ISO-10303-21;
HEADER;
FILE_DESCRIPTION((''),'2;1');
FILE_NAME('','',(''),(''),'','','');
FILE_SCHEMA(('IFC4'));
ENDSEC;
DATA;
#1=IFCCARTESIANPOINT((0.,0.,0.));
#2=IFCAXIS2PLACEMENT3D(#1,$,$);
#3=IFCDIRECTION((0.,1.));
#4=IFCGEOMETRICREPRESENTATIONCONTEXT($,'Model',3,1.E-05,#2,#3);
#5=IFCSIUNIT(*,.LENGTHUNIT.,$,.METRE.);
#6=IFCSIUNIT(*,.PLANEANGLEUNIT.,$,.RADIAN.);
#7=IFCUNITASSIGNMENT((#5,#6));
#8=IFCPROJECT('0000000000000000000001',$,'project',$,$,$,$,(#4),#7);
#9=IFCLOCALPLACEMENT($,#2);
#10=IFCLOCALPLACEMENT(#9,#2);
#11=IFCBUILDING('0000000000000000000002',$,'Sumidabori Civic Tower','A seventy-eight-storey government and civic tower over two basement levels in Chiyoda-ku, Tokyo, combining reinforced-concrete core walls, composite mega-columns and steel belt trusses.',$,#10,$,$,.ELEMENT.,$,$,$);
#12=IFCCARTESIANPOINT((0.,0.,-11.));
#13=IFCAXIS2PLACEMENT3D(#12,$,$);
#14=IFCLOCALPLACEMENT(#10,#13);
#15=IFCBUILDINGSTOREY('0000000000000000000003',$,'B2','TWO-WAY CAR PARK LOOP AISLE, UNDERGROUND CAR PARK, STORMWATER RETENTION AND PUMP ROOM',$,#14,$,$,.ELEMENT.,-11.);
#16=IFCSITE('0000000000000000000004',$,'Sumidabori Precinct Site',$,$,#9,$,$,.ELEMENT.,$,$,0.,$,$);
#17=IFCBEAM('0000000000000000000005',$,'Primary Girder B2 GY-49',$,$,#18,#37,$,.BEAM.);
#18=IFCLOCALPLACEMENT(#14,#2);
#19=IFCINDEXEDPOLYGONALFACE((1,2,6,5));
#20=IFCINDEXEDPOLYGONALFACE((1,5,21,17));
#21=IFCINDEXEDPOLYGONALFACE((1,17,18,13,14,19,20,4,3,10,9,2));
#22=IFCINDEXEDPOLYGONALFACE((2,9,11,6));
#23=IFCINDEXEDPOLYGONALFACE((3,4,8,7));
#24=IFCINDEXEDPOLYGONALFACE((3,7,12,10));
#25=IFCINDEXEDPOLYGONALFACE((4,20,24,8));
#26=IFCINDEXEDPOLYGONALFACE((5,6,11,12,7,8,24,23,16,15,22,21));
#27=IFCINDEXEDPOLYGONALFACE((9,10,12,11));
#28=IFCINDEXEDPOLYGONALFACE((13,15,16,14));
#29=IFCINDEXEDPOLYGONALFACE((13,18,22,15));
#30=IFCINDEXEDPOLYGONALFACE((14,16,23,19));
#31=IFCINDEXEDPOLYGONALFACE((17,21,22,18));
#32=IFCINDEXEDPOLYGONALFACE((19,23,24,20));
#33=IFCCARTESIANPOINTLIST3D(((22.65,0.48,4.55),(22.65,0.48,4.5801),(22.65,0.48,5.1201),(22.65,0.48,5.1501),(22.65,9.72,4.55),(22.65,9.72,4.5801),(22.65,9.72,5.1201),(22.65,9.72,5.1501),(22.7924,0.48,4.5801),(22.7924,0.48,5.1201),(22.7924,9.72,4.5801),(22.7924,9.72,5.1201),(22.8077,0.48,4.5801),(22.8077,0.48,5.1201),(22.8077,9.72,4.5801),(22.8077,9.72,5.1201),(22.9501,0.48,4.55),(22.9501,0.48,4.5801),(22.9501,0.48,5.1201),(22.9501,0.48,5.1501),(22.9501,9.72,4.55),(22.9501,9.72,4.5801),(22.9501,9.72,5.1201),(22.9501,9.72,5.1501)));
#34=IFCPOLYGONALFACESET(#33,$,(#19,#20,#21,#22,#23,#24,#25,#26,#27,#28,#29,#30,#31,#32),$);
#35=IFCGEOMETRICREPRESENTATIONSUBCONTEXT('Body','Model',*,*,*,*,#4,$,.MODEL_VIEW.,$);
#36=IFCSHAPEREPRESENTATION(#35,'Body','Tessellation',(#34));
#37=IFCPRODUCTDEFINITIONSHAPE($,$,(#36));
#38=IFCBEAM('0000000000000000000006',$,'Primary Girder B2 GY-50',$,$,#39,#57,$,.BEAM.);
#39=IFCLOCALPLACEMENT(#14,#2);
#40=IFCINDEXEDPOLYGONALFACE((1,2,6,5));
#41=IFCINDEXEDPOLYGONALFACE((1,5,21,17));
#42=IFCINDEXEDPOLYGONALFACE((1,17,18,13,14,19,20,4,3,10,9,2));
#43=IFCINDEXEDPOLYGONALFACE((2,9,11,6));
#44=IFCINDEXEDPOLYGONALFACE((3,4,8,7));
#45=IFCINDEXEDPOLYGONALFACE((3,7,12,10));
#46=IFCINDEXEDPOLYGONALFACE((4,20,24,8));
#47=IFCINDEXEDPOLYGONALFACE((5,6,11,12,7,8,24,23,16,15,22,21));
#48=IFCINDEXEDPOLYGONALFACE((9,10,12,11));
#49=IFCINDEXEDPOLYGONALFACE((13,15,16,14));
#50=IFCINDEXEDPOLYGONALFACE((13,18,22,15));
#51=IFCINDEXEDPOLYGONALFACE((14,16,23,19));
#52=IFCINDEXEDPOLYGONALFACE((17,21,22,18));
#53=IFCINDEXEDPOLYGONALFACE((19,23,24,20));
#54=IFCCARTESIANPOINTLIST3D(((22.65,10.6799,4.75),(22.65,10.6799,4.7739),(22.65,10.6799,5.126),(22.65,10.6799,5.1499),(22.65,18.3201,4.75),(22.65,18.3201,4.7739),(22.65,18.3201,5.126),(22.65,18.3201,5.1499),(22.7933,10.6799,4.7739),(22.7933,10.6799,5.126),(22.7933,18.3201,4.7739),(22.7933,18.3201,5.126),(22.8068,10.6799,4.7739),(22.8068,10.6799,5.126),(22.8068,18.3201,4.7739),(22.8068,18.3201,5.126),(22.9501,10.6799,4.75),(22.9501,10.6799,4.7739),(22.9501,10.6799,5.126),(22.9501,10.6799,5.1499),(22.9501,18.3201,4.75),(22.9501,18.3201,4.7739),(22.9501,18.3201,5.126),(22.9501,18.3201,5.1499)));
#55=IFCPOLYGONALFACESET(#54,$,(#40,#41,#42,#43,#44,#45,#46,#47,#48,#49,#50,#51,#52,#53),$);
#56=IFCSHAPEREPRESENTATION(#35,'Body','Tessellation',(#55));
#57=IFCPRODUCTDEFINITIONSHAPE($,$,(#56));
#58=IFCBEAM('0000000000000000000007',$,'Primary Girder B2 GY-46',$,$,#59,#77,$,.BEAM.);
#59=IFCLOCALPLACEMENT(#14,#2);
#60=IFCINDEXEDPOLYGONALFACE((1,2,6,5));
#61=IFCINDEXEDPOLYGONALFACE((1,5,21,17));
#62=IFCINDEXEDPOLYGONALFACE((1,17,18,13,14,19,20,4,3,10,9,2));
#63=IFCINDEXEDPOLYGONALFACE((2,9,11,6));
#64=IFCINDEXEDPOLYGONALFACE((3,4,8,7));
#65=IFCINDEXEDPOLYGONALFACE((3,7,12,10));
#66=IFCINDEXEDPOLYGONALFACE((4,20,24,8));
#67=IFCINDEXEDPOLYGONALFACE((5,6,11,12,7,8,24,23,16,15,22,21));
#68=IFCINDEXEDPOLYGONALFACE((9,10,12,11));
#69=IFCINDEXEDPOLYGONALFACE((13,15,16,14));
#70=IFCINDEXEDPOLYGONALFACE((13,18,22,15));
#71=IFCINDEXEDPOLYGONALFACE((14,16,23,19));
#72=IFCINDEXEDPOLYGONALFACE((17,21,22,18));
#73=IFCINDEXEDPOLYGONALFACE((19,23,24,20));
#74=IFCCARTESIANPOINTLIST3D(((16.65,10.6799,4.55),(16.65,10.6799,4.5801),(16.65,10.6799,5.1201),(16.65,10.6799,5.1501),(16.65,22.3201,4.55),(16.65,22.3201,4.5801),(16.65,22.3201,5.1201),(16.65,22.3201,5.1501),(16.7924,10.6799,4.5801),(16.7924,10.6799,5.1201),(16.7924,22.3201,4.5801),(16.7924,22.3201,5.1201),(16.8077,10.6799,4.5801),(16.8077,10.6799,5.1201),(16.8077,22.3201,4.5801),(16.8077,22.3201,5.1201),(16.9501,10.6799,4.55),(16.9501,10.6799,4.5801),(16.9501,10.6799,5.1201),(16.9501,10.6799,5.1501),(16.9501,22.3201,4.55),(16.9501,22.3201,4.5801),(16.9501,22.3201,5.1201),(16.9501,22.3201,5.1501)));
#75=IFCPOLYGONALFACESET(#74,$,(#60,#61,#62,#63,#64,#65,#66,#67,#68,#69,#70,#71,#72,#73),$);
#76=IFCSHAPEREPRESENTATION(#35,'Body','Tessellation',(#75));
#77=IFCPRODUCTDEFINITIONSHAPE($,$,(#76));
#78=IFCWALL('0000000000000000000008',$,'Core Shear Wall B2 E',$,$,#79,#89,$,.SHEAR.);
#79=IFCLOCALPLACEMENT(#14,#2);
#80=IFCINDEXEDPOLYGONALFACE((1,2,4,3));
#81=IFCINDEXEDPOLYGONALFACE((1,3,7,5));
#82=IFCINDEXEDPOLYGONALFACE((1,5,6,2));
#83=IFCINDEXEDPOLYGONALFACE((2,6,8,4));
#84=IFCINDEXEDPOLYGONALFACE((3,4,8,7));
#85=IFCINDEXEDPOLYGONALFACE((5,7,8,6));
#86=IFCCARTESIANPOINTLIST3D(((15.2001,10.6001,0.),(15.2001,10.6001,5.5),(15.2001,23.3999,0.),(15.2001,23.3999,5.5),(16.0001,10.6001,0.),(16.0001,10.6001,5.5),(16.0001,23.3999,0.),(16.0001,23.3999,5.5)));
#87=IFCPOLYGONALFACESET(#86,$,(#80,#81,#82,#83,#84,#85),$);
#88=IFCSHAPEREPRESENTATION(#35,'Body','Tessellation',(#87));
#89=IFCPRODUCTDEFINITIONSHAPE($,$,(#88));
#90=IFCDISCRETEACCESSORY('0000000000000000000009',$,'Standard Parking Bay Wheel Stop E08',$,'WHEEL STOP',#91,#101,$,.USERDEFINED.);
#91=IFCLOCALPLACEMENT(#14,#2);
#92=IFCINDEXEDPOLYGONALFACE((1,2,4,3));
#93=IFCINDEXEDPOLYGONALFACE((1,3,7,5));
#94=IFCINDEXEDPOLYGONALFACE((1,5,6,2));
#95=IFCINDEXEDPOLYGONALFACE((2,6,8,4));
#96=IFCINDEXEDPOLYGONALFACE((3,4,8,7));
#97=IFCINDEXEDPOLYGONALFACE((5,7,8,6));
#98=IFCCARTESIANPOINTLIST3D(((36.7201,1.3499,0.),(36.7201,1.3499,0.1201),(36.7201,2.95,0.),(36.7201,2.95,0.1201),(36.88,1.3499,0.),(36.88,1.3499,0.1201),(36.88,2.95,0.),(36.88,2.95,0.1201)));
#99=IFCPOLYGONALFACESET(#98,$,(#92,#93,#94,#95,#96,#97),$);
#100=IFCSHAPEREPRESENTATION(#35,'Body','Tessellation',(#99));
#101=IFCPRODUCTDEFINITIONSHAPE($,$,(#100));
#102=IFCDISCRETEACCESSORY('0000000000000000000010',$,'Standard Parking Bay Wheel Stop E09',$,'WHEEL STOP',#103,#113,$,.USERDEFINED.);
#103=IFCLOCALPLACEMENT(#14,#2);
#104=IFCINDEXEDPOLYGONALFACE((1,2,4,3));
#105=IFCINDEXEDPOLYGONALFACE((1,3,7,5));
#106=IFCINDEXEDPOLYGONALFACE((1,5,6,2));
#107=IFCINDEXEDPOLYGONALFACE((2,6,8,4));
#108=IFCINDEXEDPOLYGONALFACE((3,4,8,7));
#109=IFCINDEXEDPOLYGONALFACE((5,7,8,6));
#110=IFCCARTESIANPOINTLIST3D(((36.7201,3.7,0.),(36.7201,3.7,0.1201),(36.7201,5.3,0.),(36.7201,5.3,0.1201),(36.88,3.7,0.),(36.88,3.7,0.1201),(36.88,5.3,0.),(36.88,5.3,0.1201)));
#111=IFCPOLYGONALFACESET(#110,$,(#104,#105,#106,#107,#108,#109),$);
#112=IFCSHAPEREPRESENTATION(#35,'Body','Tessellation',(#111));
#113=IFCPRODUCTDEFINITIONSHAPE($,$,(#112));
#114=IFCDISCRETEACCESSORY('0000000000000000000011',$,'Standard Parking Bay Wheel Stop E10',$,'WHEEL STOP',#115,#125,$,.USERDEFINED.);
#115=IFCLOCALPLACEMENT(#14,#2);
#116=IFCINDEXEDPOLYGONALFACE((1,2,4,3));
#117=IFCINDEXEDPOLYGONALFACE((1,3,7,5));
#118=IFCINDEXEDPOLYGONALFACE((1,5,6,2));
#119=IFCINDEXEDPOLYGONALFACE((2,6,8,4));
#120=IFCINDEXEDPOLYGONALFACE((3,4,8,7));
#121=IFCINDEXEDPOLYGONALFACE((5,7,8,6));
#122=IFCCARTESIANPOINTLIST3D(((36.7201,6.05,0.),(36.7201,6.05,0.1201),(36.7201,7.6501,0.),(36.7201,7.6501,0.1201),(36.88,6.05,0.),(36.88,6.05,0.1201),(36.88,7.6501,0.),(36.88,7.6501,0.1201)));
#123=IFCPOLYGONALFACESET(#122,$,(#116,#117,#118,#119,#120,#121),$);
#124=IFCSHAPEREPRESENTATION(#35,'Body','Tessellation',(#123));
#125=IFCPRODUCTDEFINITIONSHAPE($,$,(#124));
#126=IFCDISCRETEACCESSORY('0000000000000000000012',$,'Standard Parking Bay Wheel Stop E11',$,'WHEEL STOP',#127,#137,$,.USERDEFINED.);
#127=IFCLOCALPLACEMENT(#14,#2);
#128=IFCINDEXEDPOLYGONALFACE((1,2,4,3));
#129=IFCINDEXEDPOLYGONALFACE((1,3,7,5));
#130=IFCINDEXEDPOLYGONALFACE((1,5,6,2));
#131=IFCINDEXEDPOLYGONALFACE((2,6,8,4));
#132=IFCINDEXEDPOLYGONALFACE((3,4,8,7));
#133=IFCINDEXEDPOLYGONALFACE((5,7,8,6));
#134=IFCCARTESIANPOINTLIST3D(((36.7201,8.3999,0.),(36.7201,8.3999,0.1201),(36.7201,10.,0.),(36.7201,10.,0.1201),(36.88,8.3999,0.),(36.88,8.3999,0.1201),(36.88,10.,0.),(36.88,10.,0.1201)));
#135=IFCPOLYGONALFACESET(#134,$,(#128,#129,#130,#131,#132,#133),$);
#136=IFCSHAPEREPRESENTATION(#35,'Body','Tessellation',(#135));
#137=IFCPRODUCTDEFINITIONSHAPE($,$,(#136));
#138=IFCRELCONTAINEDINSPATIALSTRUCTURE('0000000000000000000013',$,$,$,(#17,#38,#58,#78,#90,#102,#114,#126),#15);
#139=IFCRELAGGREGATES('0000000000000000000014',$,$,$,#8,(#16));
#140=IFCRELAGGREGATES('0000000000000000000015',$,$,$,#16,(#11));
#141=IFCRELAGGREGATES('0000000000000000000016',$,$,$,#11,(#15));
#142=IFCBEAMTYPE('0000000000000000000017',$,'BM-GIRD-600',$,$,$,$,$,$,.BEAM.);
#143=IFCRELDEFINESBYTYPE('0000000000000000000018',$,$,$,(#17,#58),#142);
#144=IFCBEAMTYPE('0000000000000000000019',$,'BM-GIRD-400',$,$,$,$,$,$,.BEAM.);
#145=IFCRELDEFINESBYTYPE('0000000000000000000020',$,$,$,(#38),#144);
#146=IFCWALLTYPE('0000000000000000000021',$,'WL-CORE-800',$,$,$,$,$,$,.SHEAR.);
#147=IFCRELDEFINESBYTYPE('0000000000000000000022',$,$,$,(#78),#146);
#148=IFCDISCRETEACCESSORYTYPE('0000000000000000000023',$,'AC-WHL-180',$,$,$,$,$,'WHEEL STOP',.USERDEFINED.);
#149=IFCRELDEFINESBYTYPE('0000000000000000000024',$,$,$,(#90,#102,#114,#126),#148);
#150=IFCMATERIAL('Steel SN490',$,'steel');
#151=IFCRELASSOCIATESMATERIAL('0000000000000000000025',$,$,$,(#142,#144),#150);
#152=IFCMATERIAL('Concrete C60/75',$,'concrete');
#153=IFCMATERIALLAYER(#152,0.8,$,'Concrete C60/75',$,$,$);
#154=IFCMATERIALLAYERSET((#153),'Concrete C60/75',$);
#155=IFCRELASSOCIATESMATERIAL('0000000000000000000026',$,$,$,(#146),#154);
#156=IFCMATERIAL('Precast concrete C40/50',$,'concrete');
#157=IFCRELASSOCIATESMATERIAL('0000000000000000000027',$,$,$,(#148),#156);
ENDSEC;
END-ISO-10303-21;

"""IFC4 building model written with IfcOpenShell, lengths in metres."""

from ifc_helpers import new_model, si_unit, direction, frame, frame_2d, origin, origin_2d, place, context, subcontext, project, spatial, rectangle, i_section, extrude, source, transform, mapped, material, layer, layer_set, material_profile, profile_set, type_object, element, save


model = new_model("IFC4")

# Units and contexts
model_context = context("Model", 3, precision=1e-05, world=origin(), true_north=direction((0.0, 1.0)))
body_context = subcontext(model_context, "Body", "Model", "MODEL_VIEW")
ifc_project = project(units=[si_unit("LENGTHUNIT", "METRE"), si_unit("PLANEANGLEUNIT", "RADIAN")], contexts=[model_context])

# Site, building, storey
site_placement = place(None, origin())
site = spatial("IfcSite", under=ifc_project, at=site_placement, Name="Sumidabori Precinct Site", CompositionType="ELEMENT", RefElevation=0.0)
building_placement = place(site_placement, origin())
building = spatial("IfcBuilding", under=site, at=building_placement, Name="Sumidabori Civic Tower", Description="A seventy-eight-storey government and civic tower over two basement levels in Chiyoda-ku, Tokyo, combining reinforced-concrete core walls, composite mega-columns and steel belt trusses.", CompositionType="ELEMENT")
storey_placement = place(building_placement, frame((0.0, 0.0, -11.0)))
storey = spatial("IfcBuildingStorey", under=building, at=storey_placement, Name="B2", Description="TWO-WAY CAR PARK LOOP AISLE, UNDERGROUND CAR PARK, STORMWATER RETENTION AND PUMP ROOM", CompositionType="ELEMENT", Elevation=-11.0)

# Shared definitions
ifc_material_1 = material(Name="Concrete C60/75", Category="concrete")

# Beams
ifc_material_2 = material(Name="Steel SN490", Category="steel")
ifc_material_profile_1 = material_profile(ifc_material_2, i_section(OverallWidth=0.3, OverallDepth=0.6001, WebThickness=0.0154, FlangeThickness=0.03, at=origin_2d()), Name="HE 600 B")
ifc_profile_set_1 = profile_set([ifc_material_profile_1], Name="Steel SN490")
beam_type_1 = type_object("IfcBeamType", Name="BM-GIRD-600", PredefinedType="BEAM", material=ifc_profile_set_1)
shared_shape_1 = source(origin(), body_context, "Body", "SweptSolid", [
    extrude(i_section(OverallWidth=0.3, OverallDepth=0.6001, WebThickness=0.0154, FlangeThickness=0.03, at=origin_2d()), origin(), (0.0, 0.0, 1.0), 9.24),
])
for number, where, z_axis, x_axis, name in (
    (1, (22.8, 0.48, 4.8501), (0.0, 1.0, 0.0), (-1.0, 0.0, 0.0), "Primary Girder B2 GY-49"),
):
    element("IfcBeam", number, at=place(storey_placement, frame(where, z_axis=z_axis, x_axis=x_axis)), inside=storey, type_object=beam_type_1, Name=name, PredefinedType="BEAM", context=body_context, shape_type="MappedRepresentation", body=[
        mapped(shared_shape_1, transform((0.0, 0.0, 0.0), x_axis=(1.0, 0.0, 0.0), y_axis=(0.0, 1.0, 0.0), z_axis=(0.0, 0.0, 1.0), scale=1.0)),
    ])
ifc_material_profile_2 = material_profile(ifc_material_2, i_section(OverallWidth=0.3, OverallDepth=0.3999, WebThickness=0.0134, FlangeThickness=0.0239, at=origin_2d()), Name="HE 400 B")
ifc_profile_set_2 = profile_set([ifc_material_profile_2], Name="Steel SN490")
beam_type_2 = type_object("IfcBeamType", Name="BM-GIRD-400", PredefinedType="BEAM", material=ifc_profile_set_2)
shared_shape_2 = source(origin(), body_context, "Body", "SweptSolid", [
    extrude(i_section(OverallWidth=0.3, OverallDepth=0.3999, WebThickness=0.0134, FlangeThickness=0.0239, at=origin_2d()), origin(), (0.0, 0.0, 1.0), 7.6401),
])
beam_1_placement = place(storey_placement, frame((22.8, 10.6799, 4.95), z_axis=(0.0, 1.0, 0.0), x_axis=(-1.0, 0.0, 0.0)))
element("IfcBeam", 2, at=beam_1_placement, inside=storey, type_object=beam_type_2, Name="Primary Girder B2 GY-50", PredefinedType="BEAM", context=body_context, shape_type="MappedRepresentation", body=[
    mapped(shared_shape_2, transform((0.0, 0.0, 0.0), x_axis=(1.0, 0.0, 0.0), y_axis=(0.0, 1.0, 0.0), z_axis=(0.0, 0.0, 1.0), scale=1.0)),
])
shared_shape_3 = source(origin(), body_context, "Body", "SweptSolid", [
    extrude(i_section(OverallWidth=0.3, OverallDepth=0.6001, WebThickness=0.0154, FlangeThickness=0.03, at=origin_2d()), origin(), (0.0, 0.0, 1.0), 11.6401),
])
beam_2_placement = place(storey_placement, frame((16.8, 10.6799, 4.8501), z_axis=(0.0, 1.0, 0.0), x_axis=(-1.0, 0.0, 0.0)))
element("IfcBeam", 3, at=beam_2_placement, inside=storey, type_object=beam_type_1, Name="Primary Girder B2 GY-46", PredefinedType="BEAM", context=body_context, shape_type="MappedRepresentation", body=[
    mapped(shared_shape_3, transform((0.0, 0.0, 0.0), x_axis=(1.0, 0.0, 0.0), y_axis=(0.0, 1.0, 0.0), z_axis=(0.0, 0.0, 1.0), scale=1.0)),
])

# Wall
ifc_layer_1 = layer(ifc_material_1, 0.8, Name="Concrete C60/75")
ifc_layer_set_1 = layer_set([ifc_layer_1], Name="Concrete C60/75")
wall_type = type_object("IfcWallType", Name="WL-CORE-800", PredefinedType="SHEAR", material=ifc_layer_set_1)
shared_shape_4 = source(origin(), body_context, "Body", "SweptSolid", [
    extrude(rectangle(XDim=12.7998, YDim=0.8, at=frame_2d((6.3999, 0.0))), origin(), (0.0, 0.0, 1.0), 5.5),
])
wall_placement = place(storey_placement, frame((15.6001, 10.6001, 0.0), z_axis=(0.0, 0.0, 1.0), x_axis=(0.0, 1.0, 0.0)))
element("IfcWall", 4, at=wall_placement, inside=storey, type_object=wall_type, Name="Core Shear Wall B2 E", PredefinedType="SHEAR", context=body_context, shape_type="MappedRepresentation", body=[
    mapped(shared_shape_4, transform((0.0, 0.0, 0.0), x_axis=(1.0, 0.0, 0.0), y_axis=(0.0, 1.0, 0.0), z_axis=(0.0, 0.0, 1.0), scale=1.0)),
])

# Discrete accessories
ifc_material_3 = material(Name="Precast concrete C40/50", Category="concrete")
discrete_accessory_type = type_object("IfcDiscreteAccessoryType", Name="AC-WHL-180", ElementType="WHEEL STOP", PredefinedType="USERDEFINED", material=ifc_material_3)
shared_shape_5 = source(origin(), body_context, "Body", "SweptSolid", [
    extrude(rectangle(XDim=0.1599, YDim=1.6001, at=origin_2d()), origin(), (0.0, 0.0, 1.0), 0.1201),
])
for number, where, z_axis, x_axis, name in (
    (5, (36.8, 2.1499, 0.0), (0.0, 0.0, 1.0), (1.0, 0.0, 0.0), "Standard Parking Bay Wheel Stop E08"),
    (6, (36.8, 4.5, 0.0), (0.0, 0.0, 1.0), (1.0, 0.0, 0.0), "Standard Parking Bay Wheel Stop E09"),
    (7, (36.8, 6.8501, 0.0), (0.0, 0.0, 1.0), (1.0, 0.0, 0.0), "Standard Parking Bay Wheel Stop E10"),
    (8, (36.8, 9.2, 0.0), (0.0, 0.0, 1.0), (1.0, 0.0, 0.0), "Standard Parking Bay Wheel Stop E11"),
):
    element("IfcDiscreteAccessory", number, at=place(storey_placement, frame(where, z_axis=z_axis, x_axis=x_axis)), inside=storey, type_object=discrete_accessory_type, Name=name, ObjectType="WHEEL STOP", PredefinedType="USERDEFINED", context=body_context, shape_type="MappedRepresentation", body=[
        mapped(shared_shape_5, transform((0.0, 0.0, 0.0), x_axis=(1.0, 0.0, 0.0), y_axis=(0.0, 1.0, 0.0), z_axis=(0.0, 0.0, 1.0), scale=1.0)),
    ])

save(model, "model.ifc")
